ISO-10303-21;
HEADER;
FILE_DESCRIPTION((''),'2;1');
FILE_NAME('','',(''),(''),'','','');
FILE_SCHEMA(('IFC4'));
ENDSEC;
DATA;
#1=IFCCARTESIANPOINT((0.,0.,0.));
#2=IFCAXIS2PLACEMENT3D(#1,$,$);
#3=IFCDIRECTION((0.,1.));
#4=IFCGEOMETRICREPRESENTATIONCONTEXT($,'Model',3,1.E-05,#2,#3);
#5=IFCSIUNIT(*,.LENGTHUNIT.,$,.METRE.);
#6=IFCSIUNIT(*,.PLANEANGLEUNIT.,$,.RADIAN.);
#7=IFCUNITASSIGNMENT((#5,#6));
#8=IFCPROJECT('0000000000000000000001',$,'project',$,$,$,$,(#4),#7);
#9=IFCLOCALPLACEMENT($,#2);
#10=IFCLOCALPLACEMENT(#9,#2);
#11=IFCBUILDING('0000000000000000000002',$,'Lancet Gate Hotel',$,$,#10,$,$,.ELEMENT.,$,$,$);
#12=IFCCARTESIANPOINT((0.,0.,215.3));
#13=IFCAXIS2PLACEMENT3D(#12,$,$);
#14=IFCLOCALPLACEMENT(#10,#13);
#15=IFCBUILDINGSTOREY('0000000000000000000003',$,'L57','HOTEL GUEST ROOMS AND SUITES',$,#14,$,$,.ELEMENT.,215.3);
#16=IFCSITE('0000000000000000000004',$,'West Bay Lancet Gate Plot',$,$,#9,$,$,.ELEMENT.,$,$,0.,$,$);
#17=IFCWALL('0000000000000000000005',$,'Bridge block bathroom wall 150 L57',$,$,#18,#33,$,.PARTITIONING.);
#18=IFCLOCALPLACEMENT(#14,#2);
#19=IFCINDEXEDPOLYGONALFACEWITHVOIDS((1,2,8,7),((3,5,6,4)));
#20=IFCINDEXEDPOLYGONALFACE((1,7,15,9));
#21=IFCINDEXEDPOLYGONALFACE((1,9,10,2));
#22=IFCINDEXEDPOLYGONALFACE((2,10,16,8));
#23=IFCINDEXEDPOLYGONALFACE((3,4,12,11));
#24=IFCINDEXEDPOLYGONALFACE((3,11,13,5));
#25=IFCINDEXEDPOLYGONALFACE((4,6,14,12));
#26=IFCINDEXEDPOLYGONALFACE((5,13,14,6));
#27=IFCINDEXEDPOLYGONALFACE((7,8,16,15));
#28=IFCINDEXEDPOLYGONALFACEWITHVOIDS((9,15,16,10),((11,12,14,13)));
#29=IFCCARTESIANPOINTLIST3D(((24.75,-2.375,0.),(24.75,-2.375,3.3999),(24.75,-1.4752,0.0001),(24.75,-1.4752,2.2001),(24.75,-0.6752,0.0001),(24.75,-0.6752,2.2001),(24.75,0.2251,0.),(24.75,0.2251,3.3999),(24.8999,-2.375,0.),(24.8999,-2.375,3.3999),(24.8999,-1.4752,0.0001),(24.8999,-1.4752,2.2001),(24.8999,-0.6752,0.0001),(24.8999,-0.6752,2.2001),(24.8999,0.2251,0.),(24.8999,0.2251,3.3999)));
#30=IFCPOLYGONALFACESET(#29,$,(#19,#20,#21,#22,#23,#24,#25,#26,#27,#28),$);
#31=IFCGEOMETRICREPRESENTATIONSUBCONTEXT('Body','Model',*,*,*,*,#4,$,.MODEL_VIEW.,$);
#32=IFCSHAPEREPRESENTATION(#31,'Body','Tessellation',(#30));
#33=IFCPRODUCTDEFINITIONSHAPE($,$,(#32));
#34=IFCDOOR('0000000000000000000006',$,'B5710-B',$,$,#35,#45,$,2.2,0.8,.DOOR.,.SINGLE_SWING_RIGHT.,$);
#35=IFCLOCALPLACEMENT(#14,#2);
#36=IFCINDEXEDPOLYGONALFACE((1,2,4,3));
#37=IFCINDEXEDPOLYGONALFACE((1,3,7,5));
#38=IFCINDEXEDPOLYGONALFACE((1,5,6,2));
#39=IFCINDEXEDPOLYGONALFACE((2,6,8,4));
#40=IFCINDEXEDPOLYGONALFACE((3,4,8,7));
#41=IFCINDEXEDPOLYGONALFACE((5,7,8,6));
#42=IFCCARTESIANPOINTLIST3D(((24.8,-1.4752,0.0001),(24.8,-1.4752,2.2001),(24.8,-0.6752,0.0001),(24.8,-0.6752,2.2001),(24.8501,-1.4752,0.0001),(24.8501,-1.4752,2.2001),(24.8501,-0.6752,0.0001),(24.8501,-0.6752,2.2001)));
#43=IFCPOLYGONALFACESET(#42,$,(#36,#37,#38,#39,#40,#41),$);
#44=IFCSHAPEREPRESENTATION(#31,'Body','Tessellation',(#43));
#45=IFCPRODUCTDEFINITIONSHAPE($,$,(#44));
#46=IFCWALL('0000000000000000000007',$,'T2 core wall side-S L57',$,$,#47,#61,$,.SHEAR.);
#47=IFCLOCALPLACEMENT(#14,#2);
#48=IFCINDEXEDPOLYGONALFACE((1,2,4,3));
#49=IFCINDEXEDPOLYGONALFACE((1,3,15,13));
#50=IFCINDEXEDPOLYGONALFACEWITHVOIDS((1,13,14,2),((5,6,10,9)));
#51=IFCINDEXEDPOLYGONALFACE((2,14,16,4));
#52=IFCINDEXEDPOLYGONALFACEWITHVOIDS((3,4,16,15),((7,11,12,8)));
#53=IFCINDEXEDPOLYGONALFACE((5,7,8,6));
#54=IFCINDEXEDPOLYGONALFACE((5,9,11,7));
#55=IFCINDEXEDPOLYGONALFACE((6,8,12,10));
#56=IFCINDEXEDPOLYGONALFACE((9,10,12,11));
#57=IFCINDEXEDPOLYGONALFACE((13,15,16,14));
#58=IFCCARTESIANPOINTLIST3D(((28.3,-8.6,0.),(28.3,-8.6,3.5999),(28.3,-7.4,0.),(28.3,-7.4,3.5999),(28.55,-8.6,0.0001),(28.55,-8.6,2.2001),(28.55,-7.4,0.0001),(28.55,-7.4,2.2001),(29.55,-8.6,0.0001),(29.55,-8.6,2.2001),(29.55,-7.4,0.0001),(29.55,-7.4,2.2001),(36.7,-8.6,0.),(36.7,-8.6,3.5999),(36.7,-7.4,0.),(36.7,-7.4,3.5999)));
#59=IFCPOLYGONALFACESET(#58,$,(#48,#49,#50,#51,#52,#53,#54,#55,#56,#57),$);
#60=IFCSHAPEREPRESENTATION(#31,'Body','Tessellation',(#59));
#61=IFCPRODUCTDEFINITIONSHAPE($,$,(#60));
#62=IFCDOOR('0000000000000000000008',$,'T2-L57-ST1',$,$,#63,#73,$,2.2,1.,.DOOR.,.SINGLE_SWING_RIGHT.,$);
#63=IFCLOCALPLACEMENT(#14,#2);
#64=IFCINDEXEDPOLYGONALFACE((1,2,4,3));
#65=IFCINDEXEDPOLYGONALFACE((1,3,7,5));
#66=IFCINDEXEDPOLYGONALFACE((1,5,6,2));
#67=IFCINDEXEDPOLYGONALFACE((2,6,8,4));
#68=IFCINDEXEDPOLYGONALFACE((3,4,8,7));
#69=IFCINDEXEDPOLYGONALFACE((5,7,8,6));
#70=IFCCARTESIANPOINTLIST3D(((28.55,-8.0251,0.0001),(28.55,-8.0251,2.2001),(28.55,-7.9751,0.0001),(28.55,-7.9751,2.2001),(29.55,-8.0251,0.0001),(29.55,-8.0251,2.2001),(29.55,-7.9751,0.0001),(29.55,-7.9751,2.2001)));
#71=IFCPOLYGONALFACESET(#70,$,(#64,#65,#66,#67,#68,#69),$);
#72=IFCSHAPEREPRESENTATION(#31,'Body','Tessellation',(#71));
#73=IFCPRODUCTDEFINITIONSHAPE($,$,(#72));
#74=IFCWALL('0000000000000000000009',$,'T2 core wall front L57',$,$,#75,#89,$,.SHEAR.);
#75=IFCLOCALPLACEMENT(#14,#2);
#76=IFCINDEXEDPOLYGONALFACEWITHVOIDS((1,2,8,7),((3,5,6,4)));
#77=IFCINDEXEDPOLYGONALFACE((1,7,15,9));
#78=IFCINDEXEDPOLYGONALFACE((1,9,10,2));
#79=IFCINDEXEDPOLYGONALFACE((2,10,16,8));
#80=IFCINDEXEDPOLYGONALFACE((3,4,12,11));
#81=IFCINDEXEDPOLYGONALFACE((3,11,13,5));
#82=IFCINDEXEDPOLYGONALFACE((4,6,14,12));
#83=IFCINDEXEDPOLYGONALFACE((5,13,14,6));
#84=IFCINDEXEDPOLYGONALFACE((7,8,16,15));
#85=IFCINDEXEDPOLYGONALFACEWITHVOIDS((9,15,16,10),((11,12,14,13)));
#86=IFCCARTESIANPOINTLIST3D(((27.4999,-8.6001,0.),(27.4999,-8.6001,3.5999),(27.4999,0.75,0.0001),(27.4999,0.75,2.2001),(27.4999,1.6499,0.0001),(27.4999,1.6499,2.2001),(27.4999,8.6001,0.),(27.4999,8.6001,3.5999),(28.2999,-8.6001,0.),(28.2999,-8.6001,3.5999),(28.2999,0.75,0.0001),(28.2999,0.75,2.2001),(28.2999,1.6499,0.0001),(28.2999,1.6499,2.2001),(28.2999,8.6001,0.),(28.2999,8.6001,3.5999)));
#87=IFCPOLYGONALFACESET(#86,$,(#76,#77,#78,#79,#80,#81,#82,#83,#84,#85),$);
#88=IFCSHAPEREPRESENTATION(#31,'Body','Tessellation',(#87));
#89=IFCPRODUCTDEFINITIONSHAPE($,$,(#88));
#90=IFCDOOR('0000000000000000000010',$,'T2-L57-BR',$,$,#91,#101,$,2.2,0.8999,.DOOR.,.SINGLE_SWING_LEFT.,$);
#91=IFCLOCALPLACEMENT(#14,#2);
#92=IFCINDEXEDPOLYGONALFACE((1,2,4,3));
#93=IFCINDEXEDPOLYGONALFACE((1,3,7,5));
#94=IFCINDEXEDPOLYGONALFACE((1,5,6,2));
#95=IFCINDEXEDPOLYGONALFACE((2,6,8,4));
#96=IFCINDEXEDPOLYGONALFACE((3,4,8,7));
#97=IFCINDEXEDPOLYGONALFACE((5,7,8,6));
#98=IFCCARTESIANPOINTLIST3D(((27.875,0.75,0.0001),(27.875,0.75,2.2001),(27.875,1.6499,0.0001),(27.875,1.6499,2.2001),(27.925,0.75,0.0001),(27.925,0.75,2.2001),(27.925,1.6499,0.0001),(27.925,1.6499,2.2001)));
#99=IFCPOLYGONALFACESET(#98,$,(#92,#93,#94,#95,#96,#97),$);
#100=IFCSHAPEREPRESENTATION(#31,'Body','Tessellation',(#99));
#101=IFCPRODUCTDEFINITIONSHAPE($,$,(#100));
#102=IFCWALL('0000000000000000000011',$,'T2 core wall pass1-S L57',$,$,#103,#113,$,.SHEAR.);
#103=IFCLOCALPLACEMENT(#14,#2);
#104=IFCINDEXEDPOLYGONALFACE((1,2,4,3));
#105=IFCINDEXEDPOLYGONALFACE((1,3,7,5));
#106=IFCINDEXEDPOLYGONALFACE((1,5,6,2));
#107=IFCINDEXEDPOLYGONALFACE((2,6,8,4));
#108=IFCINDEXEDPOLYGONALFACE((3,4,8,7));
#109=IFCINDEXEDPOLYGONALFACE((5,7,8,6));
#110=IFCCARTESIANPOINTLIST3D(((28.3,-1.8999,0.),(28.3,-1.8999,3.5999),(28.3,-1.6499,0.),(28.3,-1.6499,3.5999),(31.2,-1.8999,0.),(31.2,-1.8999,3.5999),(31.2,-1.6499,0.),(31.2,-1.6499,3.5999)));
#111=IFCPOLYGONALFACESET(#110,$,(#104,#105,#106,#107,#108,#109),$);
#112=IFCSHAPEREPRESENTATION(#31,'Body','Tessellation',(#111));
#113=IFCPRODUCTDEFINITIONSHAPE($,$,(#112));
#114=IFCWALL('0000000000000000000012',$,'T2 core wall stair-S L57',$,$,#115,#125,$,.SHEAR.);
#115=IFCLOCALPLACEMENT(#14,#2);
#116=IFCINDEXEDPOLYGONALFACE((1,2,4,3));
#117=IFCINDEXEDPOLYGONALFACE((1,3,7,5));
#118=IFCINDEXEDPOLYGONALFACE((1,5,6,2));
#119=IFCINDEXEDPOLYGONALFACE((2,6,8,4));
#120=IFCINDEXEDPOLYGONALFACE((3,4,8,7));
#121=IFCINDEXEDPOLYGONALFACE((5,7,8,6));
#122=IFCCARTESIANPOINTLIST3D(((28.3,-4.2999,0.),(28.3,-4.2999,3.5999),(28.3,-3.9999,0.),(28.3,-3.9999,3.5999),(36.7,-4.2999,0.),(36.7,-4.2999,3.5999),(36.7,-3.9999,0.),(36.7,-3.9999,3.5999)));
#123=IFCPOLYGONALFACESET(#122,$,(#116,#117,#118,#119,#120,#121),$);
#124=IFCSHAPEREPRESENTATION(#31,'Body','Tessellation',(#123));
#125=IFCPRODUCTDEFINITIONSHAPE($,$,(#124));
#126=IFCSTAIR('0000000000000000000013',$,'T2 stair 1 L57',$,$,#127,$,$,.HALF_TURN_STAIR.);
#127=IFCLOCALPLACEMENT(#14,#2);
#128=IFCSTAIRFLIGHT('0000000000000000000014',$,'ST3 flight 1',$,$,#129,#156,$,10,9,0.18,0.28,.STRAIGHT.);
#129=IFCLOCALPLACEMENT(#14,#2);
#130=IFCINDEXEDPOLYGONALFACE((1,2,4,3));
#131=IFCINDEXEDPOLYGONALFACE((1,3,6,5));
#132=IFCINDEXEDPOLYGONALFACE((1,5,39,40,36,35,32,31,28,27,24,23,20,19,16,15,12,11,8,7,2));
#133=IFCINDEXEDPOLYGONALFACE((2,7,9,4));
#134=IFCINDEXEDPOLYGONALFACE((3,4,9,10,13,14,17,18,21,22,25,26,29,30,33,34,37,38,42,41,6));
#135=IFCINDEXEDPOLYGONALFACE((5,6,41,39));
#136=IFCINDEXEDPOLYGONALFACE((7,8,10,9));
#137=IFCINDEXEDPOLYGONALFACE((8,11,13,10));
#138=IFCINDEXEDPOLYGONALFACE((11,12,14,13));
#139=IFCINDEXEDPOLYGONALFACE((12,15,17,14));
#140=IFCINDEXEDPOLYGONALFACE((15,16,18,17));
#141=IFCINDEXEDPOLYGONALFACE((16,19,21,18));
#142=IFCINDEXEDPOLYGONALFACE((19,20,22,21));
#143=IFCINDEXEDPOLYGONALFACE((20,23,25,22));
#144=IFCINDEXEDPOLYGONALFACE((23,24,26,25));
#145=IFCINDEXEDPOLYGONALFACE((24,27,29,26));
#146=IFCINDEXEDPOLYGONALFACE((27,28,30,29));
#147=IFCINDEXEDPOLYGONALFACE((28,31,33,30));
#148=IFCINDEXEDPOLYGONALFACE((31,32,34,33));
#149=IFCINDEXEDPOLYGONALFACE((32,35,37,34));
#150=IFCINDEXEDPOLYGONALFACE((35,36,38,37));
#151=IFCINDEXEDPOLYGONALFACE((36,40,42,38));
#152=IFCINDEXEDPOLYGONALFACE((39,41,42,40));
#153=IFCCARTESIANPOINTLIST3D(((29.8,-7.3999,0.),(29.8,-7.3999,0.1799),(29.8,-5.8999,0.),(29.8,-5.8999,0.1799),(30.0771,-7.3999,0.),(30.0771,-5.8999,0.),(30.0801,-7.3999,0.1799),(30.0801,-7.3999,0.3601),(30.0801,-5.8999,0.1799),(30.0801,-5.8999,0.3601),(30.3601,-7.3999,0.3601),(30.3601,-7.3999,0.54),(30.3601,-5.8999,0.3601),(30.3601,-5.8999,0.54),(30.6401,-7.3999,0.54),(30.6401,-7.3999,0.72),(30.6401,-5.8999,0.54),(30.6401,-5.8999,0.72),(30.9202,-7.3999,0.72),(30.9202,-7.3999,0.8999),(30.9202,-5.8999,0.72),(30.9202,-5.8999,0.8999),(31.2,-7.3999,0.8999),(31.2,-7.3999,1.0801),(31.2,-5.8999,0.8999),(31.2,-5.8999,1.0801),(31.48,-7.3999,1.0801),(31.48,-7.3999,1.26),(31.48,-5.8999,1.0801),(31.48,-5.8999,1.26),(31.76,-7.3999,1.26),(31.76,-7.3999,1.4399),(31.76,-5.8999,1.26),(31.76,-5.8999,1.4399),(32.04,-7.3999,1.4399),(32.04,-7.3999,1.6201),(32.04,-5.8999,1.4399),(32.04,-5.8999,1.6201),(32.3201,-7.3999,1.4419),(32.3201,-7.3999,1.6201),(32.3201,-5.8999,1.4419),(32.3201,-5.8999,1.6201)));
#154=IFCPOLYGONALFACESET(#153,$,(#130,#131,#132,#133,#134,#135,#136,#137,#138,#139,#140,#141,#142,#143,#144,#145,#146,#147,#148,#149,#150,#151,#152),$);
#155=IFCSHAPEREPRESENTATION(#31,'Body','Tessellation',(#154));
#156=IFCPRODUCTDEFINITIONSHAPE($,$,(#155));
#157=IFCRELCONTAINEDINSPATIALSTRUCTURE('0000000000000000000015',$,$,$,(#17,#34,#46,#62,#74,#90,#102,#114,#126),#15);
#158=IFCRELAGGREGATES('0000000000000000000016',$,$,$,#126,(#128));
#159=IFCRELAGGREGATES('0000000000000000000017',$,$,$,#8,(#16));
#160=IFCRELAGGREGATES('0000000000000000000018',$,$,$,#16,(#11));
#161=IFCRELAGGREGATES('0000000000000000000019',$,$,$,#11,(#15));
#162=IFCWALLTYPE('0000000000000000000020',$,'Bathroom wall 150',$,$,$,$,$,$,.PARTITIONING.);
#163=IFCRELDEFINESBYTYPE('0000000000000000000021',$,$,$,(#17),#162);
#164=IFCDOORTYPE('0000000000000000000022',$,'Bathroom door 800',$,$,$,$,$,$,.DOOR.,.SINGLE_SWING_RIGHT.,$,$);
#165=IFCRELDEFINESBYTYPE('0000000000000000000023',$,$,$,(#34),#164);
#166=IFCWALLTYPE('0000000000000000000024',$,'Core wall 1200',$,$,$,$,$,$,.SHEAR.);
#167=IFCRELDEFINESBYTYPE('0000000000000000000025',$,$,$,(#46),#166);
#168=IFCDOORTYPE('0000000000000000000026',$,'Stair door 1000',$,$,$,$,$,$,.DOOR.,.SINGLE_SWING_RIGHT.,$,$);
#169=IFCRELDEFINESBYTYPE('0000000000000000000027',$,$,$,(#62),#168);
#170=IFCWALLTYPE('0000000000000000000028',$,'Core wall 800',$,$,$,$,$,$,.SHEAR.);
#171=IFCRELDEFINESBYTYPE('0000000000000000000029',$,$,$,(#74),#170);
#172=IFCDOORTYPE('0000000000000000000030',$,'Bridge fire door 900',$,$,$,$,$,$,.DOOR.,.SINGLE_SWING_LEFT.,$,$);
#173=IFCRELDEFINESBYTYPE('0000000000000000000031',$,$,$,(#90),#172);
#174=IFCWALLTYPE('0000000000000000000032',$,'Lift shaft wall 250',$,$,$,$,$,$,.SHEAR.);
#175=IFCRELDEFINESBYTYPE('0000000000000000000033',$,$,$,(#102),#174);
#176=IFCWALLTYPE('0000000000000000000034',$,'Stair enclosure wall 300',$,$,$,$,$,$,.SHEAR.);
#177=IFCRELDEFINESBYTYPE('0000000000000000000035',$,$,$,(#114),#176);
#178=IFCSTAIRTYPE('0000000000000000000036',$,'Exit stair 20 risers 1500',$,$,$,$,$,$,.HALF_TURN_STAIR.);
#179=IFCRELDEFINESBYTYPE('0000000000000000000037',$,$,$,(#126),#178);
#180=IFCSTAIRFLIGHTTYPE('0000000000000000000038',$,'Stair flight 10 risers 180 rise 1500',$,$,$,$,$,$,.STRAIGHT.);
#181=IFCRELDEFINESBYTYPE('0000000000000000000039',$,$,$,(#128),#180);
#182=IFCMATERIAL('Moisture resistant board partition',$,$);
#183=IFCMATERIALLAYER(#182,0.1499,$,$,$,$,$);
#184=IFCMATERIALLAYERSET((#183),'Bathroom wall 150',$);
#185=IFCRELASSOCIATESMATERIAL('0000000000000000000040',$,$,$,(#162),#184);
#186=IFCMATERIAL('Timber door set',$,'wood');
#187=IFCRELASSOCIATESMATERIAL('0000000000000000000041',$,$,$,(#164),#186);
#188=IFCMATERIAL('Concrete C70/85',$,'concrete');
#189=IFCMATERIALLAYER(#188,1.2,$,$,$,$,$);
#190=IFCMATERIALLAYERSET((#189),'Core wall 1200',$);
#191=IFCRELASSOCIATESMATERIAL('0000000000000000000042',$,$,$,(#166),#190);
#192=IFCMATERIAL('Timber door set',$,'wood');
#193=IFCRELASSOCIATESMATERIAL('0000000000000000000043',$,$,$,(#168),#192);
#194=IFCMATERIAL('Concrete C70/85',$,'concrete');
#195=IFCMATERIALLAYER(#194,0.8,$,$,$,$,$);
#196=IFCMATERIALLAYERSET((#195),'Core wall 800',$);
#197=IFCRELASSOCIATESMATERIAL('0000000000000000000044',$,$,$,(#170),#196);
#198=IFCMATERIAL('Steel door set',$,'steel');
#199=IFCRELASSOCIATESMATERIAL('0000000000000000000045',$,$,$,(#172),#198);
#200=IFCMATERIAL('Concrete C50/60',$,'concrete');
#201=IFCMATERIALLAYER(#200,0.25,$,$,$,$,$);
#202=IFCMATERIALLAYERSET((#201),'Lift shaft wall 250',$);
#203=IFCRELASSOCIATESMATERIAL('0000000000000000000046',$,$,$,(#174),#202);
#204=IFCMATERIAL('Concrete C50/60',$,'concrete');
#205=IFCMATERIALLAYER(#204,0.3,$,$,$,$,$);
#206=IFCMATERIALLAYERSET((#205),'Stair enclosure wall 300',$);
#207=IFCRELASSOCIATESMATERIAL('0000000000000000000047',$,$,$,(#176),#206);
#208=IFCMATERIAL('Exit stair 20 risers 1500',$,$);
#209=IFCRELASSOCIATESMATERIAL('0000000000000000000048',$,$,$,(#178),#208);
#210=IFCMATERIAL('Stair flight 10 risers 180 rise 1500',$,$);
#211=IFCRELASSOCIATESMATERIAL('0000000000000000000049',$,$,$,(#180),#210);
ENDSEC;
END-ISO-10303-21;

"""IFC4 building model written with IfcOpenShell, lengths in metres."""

from ifc_helpers import new_model, si_unit, direction, frame, frame_2d, origin, place, context, subcontext, project, spatial, polyline, rectangle, outline, extrude, material, layer, layer_set, type_object, element, fill, aggregate, save


model = new_model("IFC4")

# Units and contexts
model_context = context("Model", 3, precision=1e-05, world=origin(), true_north=direction((0.0, 1.0)))
body_context = subcontext(model_context, "Body", "Model", "MODEL_VIEW")
ifc_project = project(units=[si_unit("LENGTHUNIT", "METRE"), si_unit("PLANEANGLEUNIT", "RADIAN")], contexts=[model_context])

# Site, building, storey
site_placement = place(None, origin())
site = spatial("IfcSite", under=ifc_project, at=site_placement, Name="West Bay Lancet Gate Plot", CompositionType="ELEMENT", RefElevation=0.0)
building_placement = place(site_placement, origin())
building = spatial("IfcBuilding", under=site, at=building_placement, Name="Lancet Gate Hotel", CompositionType="ELEMENT")
storey_placement = place(building_placement, frame((0.0, 0.0, 215.3)))
storey = spatial("IfcBuildingStorey", under=building, at=storey_placement, Name="L57", Description="HOTEL GUEST ROOMS AND SUITES", CompositionType="ELEMENT", Elevation=215.3)

# Shared definitions
ifc_material_1 = material(Name="Moisture resistant board partition")
ifc_layer_1 = layer(ifc_material_1, 0.1499)
ifc_layer_set_1 = layer_set([ifc_layer_1], Name="Bathroom wall 150")
wall_type_1 = type_object("IfcWallType", Name="Bathroom wall 150", PredefinedType="PARTITIONING", material=ifc_layer_set_1)

# Shared definitions
ifc_material_2 = material(Name="Timber door set", Category="wood")
door_type_1 = type_object("IfcDoorType", Name="Bathroom door 800", OperationType="SINGLE_SWING_RIGHT", PredefinedType="DOOR", material=ifc_material_2)

# Walls, openings, doors
wall_1_placement = place(storey_placement, frame((24.825, -2.375, 0.0), z_axis=(0.0, 0.0, 1.0), x_axis=(0.0, 1.0, 0.0)))
wall_1 = element("IfcWall", 1, at=wall_1_placement, inside=storey, type_object=wall_type_1, Name="Bridge block bathroom wall 150 L57", PredefinedType="PARTITIONING", context=body_context, shape_type="SweptSolid", body=[
    extrude(rectangle(XDim=2.6001, YDim=0.1499, at=frame_2d((1.3, 0.0))), origin(), (0.0, 0.0, 1.0), 3.3999),
])
opening_1_placement = place(wall_1_placement, frame((0.8999, 0.0, 0.0)))
opening_1 = element("IfcOpeningElement", 2, at=opening_1_placement, cuts=wall_1, PredefinedType="OPENING", context=body_context, shape_type="SweptSolid", body=[
    extrude(rectangle(XDim=0.8, YDim=2.2, at=frame_2d((0.3999, 1.1001))), frame((0.0, 0.085, 0.0), z_axis=(0.0, -1.0, 0.0), x_axis=(1.0, 0.0, 0.0)), (0.0, 0.0, 1.0), 0.1699),
])
door_1_placement = place(opening_1_placement, origin())
door_1 = element("IfcDoor", 3, at=door_1_placement, inside=storey, type_object=door_type_1, Name="B5710-B", OperationType="SINGLE_SWING_RIGHT", OverallHeight=2.2, OverallWidth=0.8, PredefinedType="DOOR", context=body_context, shape_type="SweptSolid", body=[
    extrude(rectangle(XDim=0.8, YDim=2.2, at=frame_2d((0.3999, 1.1001))), frame((0.0, 0.0249, 0.0), z_axis=(0.0, -1.0, 0.0), x_axis=(1.0, 0.0, 0.0)), (0.0, 0.0, 1.0), 0.05),
])
fill(opening_1, door_1)
ifc_material_3 = material(Name="Concrete C70/85", Category="concrete")
ifc_layer_2 = layer(ifc_material_3, 1.2)
ifc_layer_set_2 = layer_set([ifc_layer_2], Name="Core wall 1200")
wall_type_2 = type_object("IfcWallType", Name="Core wall 1200", PredefinedType="SHEAR", material=ifc_layer_set_2)
wall_2_placement = place(storey_placement, frame((28.3, -8.0, 0.0), z_axis=(0.0, 0.0, 1.0), x_axis=(1.0, 0.0, 0.0)))
wall_2 = element("IfcWall", 4, at=wall_2_placement, inside=storey, type_object=wall_type_2, Name="T2 core wall side-S L57", PredefinedType="SHEAR", context=body_context, shape_type="SweptSolid", body=[
    extrude(rectangle(XDim=8.3999, YDim=1.2, at=frame_2d((4.2, 0.0))), origin(), (0.0, 0.0, 1.0), 3.5999),
])
opening_2_placement = place(wall_2_placement, frame((0.25, 0.0, 0.0)))
opening_2 = element("IfcOpeningElement", 5, at=opening_2_placement, cuts=wall_2, PredefinedType="OPENING", context=body_context, shape_type="SweptSolid", body=[
    extrude(rectangle(XDim=1.0, YDim=2.2, at=frame_2d((0.5, 1.1001))), frame((0.0, 0.6099, 0.0), z_axis=(0.0, -1.0, 0.0), x_axis=(1.0, 0.0, 0.0)), (0.0, 0.0, 1.0), 1.22),
])
ifc_material_4 = material(Name="Timber door set", Category="wood")
door_type_2 = type_object("IfcDoorType", Name="Stair door 1000", OperationType="SINGLE_SWING_RIGHT", PredefinedType="DOOR", material=ifc_material_4)
door_2_placement = place(opening_2_placement, origin())
door_2 = element("IfcDoor", 6, at=door_2_placement, inside=storey, type_object=door_type_2, Name="T2-L57-ST1", OperationType="SINGLE_SWING_RIGHT", OverallHeight=2.2, OverallWidth=1.0, PredefinedType="DOOR", context=body_context, shape_type="SweptSolid", body=[
    extrude(rectangle(XDim=1.0, YDim=2.2, at=frame_2d((0.5, 1.1001))), frame((0.0, 0.0249, 0.0), z_axis=(0.0, -1.0, 0.0), x_axis=(1.0, 0.0, 0.0)), (0.0, 0.0, 1.0), 0.05),
])
fill(opening_2, door_2)
ifc_material_5 = material(Name="Concrete C70/85", Category="concrete")
ifc_layer_3 = layer(ifc_material_5, 0.8)
ifc_layer_set_3 = layer_set([ifc_layer_3], Name="Core wall 800")
wall_type_3 = type_object("IfcWallType", Name="Core wall 800", PredefinedType="SHEAR", material=ifc_layer_set_3)
wall_3_placement = place(storey_placement, frame((27.8999, -8.6001, 0.0), z_axis=(0.0, 0.0, 1.0), x_axis=(0.0, 1.0, 0.0)))
wall_3 = element("IfcWall", 7, at=wall_3_placement, inside=storey, type_object=wall_type_3, Name="T2 core wall front L57", PredefinedType="SHEAR", context=body_context, shape_type="SweptSolid", body=[
    extrude(rectangle(XDim=17.2002, YDim=0.8, at=frame_2d((8.6001, 0.0))), origin(), (0.0, 0.0, 1.0), 3.5999),
])
opening_3_placement = place(wall_3_placement, frame((9.3501, 0.0, 0.0)))
opening_3 = element("IfcOpeningElement", 8, at=opening_3_placement, cuts=wall_3, PredefinedType="OPENING", context=body_context, shape_type="SweptSolid", body=[
    extrude(rectangle(XDim=0.8999, YDim=2.2, at=frame_2d((0.45, 1.1001))), frame((0.0, 0.4099, 0.0), z_axis=(0.0, -1.0, 0.0), x_axis=(1.0, 0.0, 0.0)), (0.0, 0.0, 1.0), 0.8201),
])
ifc_material_6 = material(Name="Steel door set", Category="steel")
door_type_3 = type_object("IfcDoorType", Name="Bridge fire door 900", OperationType="SINGLE_SWING_LEFT", PredefinedType="DOOR", material=ifc_material_6)
door_3_placement = place(opening_3_placement, origin())
door_3 = element("IfcDoor", 9, at=door_3_placement, inside=storey, type_object=door_type_3, Name="T2-L57-BR", OperationType="SINGLE_SWING_LEFT", OverallHeight=2.2, OverallWidth=0.8999, PredefinedType="DOOR", context=body_context, shape_type="SweptSolid", body=[
    extrude(rectangle(XDim=0.8999, YDim=2.2, at=frame_2d((0.45, 1.1001))), frame((0.0, 0.0249, 0.0), z_axis=(0.0, -1.0, 0.0), x_axis=(1.0, 0.0, 0.0)), (0.0, 0.0, 1.0), 0.05),
])
fill(opening_3, door_3)

# Walls
ifc_material_7 = material(Name="Concrete C50/60", Category="concrete")
ifc_layer_4 = layer(ifc_material_7, 0.25)
ifc_layer_set_4 = layer_set([ifc_layer_4], Name="Lift shaft wall 250")
wall_type_4 = type_object("IfcWallType", Name="Lift shaft wall 250", PredefinedType="SHEAR", material=ifc_layer_set_4)
wall_4_placement = place(storey_placement, frame((28.3, -1.7749, 0.0), z_axis=(0.0, 0.0, 1.0), x_axis=(1.0, 0.0, 0.0)))
element("IfcWall", 10, at=wall_4_placement, inside=storey, type_object=wall_type_4, Name="T2 core wall pass1-S L57", PredefinedType="SHEAR", context=body_context, shape_type="SweptSolid", body=[
    extrude(rectangle(XDim=2.8999, YDim=0.25, at=frame_2d((1.45, 0.0))), origin(), (0.0, 0.0, 1.0), 3.5999),
])
ifc_material_8 = material(Name="Concrete C50/60", Category="concrete")
ifc_layer_5 = layer(ifc_material_8, 0.3)
ifc_layer_set_5 = layer_set([ifc_layer_5], Name="Stair enclosure wall 300")
wall_type_5 = type_object("IfcWallType", Name="Stair enclosure wall 300", PredefinedType="SHEAR", material=ifc_layer_set_5)
wall_5_placement = place(storey_placement, frame((28.3, -4.1499, 0.0), z_axis=(0.0, 0.0, 1.0), x_axis=(1.0, 0.0, 0.0)))
element("IfcWall", 11, at=wall_5_placement, inside=storey, type_object=wall_type_5, Name="T2 core wall stair-S L57", PredefinedType="SHEAR", context=body_context, shape_type="SweptSolid", body=[
    extrude(rectangle(XDim=8.3999, YDim=0.3, at=frame_2d((4.2, 0.0))), origin(), (0.0, 0.0, 1.0), 3.5999),
])

# Stair, stair flight
ifc_material_9 = material(Name="Exit stair 20 risers 1500")
stair_type = type_object("IfcStairType", Name="Exit stair 20 risers 1500", PredefinedType="HALF_TURN_STAIR", material=ifc_material_9)
stair_placement = place(storey_placement, origin())
stair = element("IfcStair", 12, at=stair_placement, inside=storey, type_object=stair_type, Name="T2 stair 1 L57", PredefinedType="HALF_TURN_STAIR")
ifc_material_10 = material(Name="Stair flight 10 risers 180 rise 1500")
stair_flight_type = type_object("IfcStairFlightType", Name="Stair flight 10 risers 180 rise 1500", PredefinedType="STRAIGHT", material=ifc_material_10)
stair_flight_placement = place(storey_placement, frame((29.8, -6.6499, 0.0), z_axis=(0.0, 0.0, 1.0), x_axis=(1.0, 0.0, 0.0)))
stair_flight = element("IfcStairFlight", 13, at=stair_flight_placement, type_object=stair_flight_type, Name="ST3 flight 1", NumberOfRisers=10, NumberOfTreads=9, PredefinedType="STRAIGHT", RiserHeight=0.18, TreadLength=0.28, context=body_context, shape_type="SweptSolid", body=[
    extrude(outline(polyline([(0.0, 0.0), (0.0, 0.1799), (0.28, 0.1799), (0.28, 0.3601), (0.5601, 0.3601), (0.5601, 0.54), (0.8401, 0.54), (0.8401, 0.72), (1.1201, 0.72), (1.1201, 0.8999), (1.3999, 0.8999), (1.3999, 1.0801), (1.6799, 1.0801), (1.6799, 1.26), (1.96, 1.26), (1.96, 1.4399), (2.24, 1.4399), (2.24, 1.6201), (2.52, 1.6201), (2.52, 1.8), (2.52, 1.4419), (0.2771, 0.0), (0.0, 0.0)])), frame((0.0, 0.75, 0.0), z_axis=(0.0, -1.0, 0.0), x_axis=(1.0, 0.0, 0.0)), (0.0, 0.0, 1.0), 1.5),
])
aggregate(stair, [stair_flight])

save(model, "model.ifc")
